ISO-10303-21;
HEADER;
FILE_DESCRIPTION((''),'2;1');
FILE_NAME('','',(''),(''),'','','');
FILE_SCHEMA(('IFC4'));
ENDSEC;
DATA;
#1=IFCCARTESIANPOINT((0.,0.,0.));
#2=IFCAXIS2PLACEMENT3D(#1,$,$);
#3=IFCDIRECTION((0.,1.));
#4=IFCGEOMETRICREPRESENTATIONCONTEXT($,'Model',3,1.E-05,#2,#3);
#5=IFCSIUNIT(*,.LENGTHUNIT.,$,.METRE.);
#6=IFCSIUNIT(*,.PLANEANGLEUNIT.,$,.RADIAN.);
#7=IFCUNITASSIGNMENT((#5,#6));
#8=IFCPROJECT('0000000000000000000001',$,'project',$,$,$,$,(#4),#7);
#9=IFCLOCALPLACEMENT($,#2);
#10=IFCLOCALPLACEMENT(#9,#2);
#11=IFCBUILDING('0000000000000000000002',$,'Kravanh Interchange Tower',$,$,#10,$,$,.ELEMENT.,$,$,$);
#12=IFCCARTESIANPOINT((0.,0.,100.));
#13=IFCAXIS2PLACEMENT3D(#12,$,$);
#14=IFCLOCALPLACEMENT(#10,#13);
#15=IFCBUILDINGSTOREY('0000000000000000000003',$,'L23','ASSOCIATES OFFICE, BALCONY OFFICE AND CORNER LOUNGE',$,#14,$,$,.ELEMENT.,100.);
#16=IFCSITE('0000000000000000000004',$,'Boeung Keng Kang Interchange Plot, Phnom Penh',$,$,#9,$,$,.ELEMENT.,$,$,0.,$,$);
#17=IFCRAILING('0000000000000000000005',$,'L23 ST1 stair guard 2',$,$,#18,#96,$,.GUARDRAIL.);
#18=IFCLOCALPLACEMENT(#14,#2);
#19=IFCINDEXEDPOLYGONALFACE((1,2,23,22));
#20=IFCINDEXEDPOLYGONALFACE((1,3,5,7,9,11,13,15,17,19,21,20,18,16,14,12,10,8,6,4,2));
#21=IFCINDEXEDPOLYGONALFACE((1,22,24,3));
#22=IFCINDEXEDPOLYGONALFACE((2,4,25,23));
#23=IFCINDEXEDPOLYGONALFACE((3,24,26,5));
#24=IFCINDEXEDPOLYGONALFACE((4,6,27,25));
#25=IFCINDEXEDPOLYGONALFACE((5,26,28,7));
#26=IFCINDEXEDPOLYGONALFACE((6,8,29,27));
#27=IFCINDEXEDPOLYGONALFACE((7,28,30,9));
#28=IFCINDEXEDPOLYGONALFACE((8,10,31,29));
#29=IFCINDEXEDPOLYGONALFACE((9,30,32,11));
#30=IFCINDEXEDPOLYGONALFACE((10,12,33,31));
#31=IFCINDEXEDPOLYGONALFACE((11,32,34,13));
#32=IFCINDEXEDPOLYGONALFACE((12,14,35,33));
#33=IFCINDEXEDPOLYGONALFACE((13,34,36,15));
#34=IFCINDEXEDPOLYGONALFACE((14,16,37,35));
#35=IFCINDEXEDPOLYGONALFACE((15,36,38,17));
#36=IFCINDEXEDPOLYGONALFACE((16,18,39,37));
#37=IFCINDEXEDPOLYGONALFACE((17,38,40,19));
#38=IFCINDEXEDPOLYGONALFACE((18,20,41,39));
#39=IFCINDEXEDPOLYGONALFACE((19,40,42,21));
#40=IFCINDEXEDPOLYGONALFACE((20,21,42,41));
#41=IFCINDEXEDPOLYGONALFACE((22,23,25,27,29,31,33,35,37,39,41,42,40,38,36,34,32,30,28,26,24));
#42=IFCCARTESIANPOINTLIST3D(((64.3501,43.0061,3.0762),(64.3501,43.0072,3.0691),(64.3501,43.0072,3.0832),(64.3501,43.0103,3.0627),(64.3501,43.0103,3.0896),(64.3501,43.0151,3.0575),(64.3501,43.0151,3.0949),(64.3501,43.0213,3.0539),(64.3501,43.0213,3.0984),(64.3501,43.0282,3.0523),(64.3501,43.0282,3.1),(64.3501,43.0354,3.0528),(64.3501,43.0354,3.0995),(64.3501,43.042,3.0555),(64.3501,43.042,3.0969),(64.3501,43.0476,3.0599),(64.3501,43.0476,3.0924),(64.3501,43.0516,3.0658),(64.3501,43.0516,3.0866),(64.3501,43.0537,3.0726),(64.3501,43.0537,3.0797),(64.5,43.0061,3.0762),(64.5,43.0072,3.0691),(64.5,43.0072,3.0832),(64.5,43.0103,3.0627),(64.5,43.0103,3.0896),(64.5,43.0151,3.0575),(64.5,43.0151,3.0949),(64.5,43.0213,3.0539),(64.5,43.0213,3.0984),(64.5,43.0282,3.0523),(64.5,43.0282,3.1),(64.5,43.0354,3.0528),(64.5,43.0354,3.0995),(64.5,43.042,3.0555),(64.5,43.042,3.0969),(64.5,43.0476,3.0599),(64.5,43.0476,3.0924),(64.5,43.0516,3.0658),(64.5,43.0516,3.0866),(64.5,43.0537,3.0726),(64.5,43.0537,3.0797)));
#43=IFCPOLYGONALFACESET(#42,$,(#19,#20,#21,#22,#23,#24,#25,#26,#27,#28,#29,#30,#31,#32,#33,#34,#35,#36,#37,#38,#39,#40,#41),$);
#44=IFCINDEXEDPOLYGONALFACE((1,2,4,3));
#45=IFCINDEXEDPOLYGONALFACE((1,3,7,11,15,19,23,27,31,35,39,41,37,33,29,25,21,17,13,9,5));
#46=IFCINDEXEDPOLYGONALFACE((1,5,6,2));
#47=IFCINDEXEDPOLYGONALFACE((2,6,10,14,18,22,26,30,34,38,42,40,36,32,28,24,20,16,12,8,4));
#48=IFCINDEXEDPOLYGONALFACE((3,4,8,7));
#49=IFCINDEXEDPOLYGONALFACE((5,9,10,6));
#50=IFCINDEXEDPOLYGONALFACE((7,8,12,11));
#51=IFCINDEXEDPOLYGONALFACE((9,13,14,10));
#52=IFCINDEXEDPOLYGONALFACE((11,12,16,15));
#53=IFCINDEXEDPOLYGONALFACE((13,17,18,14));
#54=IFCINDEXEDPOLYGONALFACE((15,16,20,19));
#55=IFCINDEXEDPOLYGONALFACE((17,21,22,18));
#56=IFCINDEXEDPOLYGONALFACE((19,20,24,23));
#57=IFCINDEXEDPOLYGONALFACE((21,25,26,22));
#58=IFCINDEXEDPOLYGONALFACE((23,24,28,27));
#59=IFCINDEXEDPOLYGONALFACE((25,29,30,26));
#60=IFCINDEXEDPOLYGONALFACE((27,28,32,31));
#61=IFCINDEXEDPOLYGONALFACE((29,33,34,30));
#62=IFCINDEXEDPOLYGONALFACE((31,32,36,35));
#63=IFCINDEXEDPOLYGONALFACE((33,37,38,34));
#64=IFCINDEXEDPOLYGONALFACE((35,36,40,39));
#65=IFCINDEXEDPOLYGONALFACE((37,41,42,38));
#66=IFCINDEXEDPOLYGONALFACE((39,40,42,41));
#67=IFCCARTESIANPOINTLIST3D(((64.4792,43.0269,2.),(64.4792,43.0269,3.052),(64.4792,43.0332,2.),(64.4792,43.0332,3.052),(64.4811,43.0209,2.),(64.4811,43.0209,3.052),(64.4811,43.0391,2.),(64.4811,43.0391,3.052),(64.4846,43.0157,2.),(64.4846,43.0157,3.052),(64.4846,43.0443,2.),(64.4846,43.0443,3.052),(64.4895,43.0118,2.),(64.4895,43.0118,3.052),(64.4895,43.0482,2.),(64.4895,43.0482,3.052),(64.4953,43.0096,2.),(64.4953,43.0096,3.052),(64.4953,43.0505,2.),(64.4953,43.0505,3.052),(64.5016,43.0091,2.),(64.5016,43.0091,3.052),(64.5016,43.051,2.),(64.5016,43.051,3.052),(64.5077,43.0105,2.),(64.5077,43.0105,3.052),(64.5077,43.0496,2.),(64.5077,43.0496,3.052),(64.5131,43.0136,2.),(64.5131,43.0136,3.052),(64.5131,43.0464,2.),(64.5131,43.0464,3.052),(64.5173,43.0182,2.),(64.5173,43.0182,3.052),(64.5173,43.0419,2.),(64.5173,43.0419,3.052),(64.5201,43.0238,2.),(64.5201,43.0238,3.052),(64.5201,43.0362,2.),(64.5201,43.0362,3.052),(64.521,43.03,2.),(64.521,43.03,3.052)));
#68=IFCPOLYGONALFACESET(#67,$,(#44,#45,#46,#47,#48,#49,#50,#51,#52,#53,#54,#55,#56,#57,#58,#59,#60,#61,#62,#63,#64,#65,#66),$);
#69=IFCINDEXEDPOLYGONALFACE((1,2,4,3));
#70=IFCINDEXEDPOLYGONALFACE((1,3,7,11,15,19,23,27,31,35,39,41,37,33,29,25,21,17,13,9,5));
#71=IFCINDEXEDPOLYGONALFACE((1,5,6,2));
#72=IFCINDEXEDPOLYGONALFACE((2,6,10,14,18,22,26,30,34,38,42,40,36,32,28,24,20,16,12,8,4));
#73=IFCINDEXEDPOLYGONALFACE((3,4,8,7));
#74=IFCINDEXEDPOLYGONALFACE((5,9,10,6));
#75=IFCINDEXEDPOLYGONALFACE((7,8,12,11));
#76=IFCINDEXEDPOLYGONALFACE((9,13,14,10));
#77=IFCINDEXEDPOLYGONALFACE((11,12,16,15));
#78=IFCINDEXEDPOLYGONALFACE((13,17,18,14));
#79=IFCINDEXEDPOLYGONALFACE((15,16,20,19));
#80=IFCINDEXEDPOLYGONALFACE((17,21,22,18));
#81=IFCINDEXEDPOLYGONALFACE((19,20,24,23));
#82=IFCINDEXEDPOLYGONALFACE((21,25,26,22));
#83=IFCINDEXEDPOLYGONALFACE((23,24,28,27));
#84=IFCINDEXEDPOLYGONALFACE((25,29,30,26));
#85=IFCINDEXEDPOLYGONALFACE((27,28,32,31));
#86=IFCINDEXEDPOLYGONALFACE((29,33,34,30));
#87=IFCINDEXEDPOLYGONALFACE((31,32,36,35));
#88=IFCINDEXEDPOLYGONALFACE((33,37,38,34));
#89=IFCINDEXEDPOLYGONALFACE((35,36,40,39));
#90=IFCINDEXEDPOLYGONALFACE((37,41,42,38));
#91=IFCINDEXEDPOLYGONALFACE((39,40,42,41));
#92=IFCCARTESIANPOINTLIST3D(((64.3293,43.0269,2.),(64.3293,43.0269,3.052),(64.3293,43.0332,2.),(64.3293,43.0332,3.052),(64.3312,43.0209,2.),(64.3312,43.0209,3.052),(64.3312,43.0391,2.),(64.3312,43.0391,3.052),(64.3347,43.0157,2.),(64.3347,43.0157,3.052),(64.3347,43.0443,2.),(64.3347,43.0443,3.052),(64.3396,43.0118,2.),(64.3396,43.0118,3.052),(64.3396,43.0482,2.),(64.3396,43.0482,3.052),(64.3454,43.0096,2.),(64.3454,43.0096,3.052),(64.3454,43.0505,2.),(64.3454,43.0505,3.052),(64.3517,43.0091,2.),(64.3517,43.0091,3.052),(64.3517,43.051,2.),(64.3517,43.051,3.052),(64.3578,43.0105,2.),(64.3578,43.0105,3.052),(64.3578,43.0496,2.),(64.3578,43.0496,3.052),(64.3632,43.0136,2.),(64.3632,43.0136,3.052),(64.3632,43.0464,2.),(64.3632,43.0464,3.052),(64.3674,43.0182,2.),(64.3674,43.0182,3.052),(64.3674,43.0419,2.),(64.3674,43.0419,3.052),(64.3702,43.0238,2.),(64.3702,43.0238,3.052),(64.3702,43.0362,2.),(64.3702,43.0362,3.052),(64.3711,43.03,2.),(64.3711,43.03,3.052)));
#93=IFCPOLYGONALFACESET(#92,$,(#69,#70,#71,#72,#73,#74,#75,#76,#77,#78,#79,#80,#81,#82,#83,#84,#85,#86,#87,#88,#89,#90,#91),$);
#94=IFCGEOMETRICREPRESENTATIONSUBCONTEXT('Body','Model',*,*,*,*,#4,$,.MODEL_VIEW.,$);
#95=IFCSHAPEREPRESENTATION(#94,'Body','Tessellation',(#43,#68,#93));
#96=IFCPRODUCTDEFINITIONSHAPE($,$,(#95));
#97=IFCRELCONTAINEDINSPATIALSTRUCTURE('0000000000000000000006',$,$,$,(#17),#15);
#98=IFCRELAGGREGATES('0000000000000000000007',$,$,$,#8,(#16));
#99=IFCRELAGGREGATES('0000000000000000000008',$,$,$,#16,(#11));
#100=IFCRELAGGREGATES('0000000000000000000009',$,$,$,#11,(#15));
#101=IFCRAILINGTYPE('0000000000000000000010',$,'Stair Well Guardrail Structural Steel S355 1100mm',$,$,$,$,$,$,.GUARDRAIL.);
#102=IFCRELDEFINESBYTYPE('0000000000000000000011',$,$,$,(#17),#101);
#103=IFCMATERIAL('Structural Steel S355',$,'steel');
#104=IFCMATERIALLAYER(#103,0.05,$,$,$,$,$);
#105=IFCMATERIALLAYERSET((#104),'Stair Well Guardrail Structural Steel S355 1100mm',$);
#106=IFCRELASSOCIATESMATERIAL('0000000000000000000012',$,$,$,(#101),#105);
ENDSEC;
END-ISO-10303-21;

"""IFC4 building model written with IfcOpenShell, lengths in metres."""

from ifc_helpers import new_model, si_unit, direction, frame, origin, origin_2d, place, context, subcontext, project, spatial, circle, extrude, material, layer, layer_set, type_object, element, save


model = new_model("IFC4")

# Units and contexts
model_context = context("Model", 3, precision=1e-05, world=origin(), true_north=direction((0.0, 1.0)))
body_context = subcontext(model_context, "Body", "Model", "MODEL_VIEW")
ifc_project = project(units=[si_unit("LENGTHUNIT", "METRE"), si_unit("PLANEANGLEUNIT", "RADIAN")], contexts=[model_context])

# Site, building, storey
site_placement = place(None, origin())
site = spatial("IfcSite", under=ifc_project, at=site_placement, Name="Boeung Keng Kang Interchange Plot, Phnom Penh", CompositionType="ELEMENT", RefElevation=0.0)
building_placement = place(site_placement, origin())
building = spatial("IfcBuilding", under=site, at=building_placement, Name="Kravanh Interchange Tower", CompositionType="ELEMENT")
storey_placement = place(building_placement, frame((0.0, 0.0, 100.0)))
storey = spatial("IfcBuildingStorey", under=building, at=storey_placement, Name="L23", Description="ASSOCIATES OFFICE, BALCONY OFFICE AND CORNER LOUNGE", CompositionType="ELEMENT", Elevation=100.0)

# Railing
ifc_material_1 = material(Name="Structural Steel S355", Category="steel")
ifc_layer_1 = layer(ifc_material_1, 0.05)
ifc_layer_set_1 = layer_set([ifc_layer_1], Name="Stair Well Guardrail Structural Steel S355 1100mm")
railing_type_1 = type_object("IfcRailingType", Name="Stair Well Guardrail Structural Steel S355 1100mm", PredefinedType="GUARDRAIL", material=ifc_layer_set_1)
railing_1_placement = place(storey_placement, frame((64.5, 43.03, 2.0)))
element("IfcRailing", 1, at=railing_1_placement, inside=storey, type_object=railing_type_1, Name="L23 ST1 stair guard 2", PredefinedType="GUARDRAIL", context=body_context, shape_type="SweptSolid", body=[
    extrude(circle(Radius=0.0239, at=origin_2d()), frame((0.0, 0.0, 1.0762), z_axis=(-1.0, 0.0, 0.0), x_axis=(0.0, -1.0, 0.0)), (0.0, 0.0, 1.0), 0.1499),
    extrude(circle(Radius=0.021, at=origin_2d()), origin(), (0.0, 0.0, 1.0), 1.052),
    extrude(circle(Radius=0.021, at=origin_2d()), frame((-0.1499, 0.0, 0.0)), (0.0, 0.0, 1.0), 1.052),
])

save(model, "model.ifc")
